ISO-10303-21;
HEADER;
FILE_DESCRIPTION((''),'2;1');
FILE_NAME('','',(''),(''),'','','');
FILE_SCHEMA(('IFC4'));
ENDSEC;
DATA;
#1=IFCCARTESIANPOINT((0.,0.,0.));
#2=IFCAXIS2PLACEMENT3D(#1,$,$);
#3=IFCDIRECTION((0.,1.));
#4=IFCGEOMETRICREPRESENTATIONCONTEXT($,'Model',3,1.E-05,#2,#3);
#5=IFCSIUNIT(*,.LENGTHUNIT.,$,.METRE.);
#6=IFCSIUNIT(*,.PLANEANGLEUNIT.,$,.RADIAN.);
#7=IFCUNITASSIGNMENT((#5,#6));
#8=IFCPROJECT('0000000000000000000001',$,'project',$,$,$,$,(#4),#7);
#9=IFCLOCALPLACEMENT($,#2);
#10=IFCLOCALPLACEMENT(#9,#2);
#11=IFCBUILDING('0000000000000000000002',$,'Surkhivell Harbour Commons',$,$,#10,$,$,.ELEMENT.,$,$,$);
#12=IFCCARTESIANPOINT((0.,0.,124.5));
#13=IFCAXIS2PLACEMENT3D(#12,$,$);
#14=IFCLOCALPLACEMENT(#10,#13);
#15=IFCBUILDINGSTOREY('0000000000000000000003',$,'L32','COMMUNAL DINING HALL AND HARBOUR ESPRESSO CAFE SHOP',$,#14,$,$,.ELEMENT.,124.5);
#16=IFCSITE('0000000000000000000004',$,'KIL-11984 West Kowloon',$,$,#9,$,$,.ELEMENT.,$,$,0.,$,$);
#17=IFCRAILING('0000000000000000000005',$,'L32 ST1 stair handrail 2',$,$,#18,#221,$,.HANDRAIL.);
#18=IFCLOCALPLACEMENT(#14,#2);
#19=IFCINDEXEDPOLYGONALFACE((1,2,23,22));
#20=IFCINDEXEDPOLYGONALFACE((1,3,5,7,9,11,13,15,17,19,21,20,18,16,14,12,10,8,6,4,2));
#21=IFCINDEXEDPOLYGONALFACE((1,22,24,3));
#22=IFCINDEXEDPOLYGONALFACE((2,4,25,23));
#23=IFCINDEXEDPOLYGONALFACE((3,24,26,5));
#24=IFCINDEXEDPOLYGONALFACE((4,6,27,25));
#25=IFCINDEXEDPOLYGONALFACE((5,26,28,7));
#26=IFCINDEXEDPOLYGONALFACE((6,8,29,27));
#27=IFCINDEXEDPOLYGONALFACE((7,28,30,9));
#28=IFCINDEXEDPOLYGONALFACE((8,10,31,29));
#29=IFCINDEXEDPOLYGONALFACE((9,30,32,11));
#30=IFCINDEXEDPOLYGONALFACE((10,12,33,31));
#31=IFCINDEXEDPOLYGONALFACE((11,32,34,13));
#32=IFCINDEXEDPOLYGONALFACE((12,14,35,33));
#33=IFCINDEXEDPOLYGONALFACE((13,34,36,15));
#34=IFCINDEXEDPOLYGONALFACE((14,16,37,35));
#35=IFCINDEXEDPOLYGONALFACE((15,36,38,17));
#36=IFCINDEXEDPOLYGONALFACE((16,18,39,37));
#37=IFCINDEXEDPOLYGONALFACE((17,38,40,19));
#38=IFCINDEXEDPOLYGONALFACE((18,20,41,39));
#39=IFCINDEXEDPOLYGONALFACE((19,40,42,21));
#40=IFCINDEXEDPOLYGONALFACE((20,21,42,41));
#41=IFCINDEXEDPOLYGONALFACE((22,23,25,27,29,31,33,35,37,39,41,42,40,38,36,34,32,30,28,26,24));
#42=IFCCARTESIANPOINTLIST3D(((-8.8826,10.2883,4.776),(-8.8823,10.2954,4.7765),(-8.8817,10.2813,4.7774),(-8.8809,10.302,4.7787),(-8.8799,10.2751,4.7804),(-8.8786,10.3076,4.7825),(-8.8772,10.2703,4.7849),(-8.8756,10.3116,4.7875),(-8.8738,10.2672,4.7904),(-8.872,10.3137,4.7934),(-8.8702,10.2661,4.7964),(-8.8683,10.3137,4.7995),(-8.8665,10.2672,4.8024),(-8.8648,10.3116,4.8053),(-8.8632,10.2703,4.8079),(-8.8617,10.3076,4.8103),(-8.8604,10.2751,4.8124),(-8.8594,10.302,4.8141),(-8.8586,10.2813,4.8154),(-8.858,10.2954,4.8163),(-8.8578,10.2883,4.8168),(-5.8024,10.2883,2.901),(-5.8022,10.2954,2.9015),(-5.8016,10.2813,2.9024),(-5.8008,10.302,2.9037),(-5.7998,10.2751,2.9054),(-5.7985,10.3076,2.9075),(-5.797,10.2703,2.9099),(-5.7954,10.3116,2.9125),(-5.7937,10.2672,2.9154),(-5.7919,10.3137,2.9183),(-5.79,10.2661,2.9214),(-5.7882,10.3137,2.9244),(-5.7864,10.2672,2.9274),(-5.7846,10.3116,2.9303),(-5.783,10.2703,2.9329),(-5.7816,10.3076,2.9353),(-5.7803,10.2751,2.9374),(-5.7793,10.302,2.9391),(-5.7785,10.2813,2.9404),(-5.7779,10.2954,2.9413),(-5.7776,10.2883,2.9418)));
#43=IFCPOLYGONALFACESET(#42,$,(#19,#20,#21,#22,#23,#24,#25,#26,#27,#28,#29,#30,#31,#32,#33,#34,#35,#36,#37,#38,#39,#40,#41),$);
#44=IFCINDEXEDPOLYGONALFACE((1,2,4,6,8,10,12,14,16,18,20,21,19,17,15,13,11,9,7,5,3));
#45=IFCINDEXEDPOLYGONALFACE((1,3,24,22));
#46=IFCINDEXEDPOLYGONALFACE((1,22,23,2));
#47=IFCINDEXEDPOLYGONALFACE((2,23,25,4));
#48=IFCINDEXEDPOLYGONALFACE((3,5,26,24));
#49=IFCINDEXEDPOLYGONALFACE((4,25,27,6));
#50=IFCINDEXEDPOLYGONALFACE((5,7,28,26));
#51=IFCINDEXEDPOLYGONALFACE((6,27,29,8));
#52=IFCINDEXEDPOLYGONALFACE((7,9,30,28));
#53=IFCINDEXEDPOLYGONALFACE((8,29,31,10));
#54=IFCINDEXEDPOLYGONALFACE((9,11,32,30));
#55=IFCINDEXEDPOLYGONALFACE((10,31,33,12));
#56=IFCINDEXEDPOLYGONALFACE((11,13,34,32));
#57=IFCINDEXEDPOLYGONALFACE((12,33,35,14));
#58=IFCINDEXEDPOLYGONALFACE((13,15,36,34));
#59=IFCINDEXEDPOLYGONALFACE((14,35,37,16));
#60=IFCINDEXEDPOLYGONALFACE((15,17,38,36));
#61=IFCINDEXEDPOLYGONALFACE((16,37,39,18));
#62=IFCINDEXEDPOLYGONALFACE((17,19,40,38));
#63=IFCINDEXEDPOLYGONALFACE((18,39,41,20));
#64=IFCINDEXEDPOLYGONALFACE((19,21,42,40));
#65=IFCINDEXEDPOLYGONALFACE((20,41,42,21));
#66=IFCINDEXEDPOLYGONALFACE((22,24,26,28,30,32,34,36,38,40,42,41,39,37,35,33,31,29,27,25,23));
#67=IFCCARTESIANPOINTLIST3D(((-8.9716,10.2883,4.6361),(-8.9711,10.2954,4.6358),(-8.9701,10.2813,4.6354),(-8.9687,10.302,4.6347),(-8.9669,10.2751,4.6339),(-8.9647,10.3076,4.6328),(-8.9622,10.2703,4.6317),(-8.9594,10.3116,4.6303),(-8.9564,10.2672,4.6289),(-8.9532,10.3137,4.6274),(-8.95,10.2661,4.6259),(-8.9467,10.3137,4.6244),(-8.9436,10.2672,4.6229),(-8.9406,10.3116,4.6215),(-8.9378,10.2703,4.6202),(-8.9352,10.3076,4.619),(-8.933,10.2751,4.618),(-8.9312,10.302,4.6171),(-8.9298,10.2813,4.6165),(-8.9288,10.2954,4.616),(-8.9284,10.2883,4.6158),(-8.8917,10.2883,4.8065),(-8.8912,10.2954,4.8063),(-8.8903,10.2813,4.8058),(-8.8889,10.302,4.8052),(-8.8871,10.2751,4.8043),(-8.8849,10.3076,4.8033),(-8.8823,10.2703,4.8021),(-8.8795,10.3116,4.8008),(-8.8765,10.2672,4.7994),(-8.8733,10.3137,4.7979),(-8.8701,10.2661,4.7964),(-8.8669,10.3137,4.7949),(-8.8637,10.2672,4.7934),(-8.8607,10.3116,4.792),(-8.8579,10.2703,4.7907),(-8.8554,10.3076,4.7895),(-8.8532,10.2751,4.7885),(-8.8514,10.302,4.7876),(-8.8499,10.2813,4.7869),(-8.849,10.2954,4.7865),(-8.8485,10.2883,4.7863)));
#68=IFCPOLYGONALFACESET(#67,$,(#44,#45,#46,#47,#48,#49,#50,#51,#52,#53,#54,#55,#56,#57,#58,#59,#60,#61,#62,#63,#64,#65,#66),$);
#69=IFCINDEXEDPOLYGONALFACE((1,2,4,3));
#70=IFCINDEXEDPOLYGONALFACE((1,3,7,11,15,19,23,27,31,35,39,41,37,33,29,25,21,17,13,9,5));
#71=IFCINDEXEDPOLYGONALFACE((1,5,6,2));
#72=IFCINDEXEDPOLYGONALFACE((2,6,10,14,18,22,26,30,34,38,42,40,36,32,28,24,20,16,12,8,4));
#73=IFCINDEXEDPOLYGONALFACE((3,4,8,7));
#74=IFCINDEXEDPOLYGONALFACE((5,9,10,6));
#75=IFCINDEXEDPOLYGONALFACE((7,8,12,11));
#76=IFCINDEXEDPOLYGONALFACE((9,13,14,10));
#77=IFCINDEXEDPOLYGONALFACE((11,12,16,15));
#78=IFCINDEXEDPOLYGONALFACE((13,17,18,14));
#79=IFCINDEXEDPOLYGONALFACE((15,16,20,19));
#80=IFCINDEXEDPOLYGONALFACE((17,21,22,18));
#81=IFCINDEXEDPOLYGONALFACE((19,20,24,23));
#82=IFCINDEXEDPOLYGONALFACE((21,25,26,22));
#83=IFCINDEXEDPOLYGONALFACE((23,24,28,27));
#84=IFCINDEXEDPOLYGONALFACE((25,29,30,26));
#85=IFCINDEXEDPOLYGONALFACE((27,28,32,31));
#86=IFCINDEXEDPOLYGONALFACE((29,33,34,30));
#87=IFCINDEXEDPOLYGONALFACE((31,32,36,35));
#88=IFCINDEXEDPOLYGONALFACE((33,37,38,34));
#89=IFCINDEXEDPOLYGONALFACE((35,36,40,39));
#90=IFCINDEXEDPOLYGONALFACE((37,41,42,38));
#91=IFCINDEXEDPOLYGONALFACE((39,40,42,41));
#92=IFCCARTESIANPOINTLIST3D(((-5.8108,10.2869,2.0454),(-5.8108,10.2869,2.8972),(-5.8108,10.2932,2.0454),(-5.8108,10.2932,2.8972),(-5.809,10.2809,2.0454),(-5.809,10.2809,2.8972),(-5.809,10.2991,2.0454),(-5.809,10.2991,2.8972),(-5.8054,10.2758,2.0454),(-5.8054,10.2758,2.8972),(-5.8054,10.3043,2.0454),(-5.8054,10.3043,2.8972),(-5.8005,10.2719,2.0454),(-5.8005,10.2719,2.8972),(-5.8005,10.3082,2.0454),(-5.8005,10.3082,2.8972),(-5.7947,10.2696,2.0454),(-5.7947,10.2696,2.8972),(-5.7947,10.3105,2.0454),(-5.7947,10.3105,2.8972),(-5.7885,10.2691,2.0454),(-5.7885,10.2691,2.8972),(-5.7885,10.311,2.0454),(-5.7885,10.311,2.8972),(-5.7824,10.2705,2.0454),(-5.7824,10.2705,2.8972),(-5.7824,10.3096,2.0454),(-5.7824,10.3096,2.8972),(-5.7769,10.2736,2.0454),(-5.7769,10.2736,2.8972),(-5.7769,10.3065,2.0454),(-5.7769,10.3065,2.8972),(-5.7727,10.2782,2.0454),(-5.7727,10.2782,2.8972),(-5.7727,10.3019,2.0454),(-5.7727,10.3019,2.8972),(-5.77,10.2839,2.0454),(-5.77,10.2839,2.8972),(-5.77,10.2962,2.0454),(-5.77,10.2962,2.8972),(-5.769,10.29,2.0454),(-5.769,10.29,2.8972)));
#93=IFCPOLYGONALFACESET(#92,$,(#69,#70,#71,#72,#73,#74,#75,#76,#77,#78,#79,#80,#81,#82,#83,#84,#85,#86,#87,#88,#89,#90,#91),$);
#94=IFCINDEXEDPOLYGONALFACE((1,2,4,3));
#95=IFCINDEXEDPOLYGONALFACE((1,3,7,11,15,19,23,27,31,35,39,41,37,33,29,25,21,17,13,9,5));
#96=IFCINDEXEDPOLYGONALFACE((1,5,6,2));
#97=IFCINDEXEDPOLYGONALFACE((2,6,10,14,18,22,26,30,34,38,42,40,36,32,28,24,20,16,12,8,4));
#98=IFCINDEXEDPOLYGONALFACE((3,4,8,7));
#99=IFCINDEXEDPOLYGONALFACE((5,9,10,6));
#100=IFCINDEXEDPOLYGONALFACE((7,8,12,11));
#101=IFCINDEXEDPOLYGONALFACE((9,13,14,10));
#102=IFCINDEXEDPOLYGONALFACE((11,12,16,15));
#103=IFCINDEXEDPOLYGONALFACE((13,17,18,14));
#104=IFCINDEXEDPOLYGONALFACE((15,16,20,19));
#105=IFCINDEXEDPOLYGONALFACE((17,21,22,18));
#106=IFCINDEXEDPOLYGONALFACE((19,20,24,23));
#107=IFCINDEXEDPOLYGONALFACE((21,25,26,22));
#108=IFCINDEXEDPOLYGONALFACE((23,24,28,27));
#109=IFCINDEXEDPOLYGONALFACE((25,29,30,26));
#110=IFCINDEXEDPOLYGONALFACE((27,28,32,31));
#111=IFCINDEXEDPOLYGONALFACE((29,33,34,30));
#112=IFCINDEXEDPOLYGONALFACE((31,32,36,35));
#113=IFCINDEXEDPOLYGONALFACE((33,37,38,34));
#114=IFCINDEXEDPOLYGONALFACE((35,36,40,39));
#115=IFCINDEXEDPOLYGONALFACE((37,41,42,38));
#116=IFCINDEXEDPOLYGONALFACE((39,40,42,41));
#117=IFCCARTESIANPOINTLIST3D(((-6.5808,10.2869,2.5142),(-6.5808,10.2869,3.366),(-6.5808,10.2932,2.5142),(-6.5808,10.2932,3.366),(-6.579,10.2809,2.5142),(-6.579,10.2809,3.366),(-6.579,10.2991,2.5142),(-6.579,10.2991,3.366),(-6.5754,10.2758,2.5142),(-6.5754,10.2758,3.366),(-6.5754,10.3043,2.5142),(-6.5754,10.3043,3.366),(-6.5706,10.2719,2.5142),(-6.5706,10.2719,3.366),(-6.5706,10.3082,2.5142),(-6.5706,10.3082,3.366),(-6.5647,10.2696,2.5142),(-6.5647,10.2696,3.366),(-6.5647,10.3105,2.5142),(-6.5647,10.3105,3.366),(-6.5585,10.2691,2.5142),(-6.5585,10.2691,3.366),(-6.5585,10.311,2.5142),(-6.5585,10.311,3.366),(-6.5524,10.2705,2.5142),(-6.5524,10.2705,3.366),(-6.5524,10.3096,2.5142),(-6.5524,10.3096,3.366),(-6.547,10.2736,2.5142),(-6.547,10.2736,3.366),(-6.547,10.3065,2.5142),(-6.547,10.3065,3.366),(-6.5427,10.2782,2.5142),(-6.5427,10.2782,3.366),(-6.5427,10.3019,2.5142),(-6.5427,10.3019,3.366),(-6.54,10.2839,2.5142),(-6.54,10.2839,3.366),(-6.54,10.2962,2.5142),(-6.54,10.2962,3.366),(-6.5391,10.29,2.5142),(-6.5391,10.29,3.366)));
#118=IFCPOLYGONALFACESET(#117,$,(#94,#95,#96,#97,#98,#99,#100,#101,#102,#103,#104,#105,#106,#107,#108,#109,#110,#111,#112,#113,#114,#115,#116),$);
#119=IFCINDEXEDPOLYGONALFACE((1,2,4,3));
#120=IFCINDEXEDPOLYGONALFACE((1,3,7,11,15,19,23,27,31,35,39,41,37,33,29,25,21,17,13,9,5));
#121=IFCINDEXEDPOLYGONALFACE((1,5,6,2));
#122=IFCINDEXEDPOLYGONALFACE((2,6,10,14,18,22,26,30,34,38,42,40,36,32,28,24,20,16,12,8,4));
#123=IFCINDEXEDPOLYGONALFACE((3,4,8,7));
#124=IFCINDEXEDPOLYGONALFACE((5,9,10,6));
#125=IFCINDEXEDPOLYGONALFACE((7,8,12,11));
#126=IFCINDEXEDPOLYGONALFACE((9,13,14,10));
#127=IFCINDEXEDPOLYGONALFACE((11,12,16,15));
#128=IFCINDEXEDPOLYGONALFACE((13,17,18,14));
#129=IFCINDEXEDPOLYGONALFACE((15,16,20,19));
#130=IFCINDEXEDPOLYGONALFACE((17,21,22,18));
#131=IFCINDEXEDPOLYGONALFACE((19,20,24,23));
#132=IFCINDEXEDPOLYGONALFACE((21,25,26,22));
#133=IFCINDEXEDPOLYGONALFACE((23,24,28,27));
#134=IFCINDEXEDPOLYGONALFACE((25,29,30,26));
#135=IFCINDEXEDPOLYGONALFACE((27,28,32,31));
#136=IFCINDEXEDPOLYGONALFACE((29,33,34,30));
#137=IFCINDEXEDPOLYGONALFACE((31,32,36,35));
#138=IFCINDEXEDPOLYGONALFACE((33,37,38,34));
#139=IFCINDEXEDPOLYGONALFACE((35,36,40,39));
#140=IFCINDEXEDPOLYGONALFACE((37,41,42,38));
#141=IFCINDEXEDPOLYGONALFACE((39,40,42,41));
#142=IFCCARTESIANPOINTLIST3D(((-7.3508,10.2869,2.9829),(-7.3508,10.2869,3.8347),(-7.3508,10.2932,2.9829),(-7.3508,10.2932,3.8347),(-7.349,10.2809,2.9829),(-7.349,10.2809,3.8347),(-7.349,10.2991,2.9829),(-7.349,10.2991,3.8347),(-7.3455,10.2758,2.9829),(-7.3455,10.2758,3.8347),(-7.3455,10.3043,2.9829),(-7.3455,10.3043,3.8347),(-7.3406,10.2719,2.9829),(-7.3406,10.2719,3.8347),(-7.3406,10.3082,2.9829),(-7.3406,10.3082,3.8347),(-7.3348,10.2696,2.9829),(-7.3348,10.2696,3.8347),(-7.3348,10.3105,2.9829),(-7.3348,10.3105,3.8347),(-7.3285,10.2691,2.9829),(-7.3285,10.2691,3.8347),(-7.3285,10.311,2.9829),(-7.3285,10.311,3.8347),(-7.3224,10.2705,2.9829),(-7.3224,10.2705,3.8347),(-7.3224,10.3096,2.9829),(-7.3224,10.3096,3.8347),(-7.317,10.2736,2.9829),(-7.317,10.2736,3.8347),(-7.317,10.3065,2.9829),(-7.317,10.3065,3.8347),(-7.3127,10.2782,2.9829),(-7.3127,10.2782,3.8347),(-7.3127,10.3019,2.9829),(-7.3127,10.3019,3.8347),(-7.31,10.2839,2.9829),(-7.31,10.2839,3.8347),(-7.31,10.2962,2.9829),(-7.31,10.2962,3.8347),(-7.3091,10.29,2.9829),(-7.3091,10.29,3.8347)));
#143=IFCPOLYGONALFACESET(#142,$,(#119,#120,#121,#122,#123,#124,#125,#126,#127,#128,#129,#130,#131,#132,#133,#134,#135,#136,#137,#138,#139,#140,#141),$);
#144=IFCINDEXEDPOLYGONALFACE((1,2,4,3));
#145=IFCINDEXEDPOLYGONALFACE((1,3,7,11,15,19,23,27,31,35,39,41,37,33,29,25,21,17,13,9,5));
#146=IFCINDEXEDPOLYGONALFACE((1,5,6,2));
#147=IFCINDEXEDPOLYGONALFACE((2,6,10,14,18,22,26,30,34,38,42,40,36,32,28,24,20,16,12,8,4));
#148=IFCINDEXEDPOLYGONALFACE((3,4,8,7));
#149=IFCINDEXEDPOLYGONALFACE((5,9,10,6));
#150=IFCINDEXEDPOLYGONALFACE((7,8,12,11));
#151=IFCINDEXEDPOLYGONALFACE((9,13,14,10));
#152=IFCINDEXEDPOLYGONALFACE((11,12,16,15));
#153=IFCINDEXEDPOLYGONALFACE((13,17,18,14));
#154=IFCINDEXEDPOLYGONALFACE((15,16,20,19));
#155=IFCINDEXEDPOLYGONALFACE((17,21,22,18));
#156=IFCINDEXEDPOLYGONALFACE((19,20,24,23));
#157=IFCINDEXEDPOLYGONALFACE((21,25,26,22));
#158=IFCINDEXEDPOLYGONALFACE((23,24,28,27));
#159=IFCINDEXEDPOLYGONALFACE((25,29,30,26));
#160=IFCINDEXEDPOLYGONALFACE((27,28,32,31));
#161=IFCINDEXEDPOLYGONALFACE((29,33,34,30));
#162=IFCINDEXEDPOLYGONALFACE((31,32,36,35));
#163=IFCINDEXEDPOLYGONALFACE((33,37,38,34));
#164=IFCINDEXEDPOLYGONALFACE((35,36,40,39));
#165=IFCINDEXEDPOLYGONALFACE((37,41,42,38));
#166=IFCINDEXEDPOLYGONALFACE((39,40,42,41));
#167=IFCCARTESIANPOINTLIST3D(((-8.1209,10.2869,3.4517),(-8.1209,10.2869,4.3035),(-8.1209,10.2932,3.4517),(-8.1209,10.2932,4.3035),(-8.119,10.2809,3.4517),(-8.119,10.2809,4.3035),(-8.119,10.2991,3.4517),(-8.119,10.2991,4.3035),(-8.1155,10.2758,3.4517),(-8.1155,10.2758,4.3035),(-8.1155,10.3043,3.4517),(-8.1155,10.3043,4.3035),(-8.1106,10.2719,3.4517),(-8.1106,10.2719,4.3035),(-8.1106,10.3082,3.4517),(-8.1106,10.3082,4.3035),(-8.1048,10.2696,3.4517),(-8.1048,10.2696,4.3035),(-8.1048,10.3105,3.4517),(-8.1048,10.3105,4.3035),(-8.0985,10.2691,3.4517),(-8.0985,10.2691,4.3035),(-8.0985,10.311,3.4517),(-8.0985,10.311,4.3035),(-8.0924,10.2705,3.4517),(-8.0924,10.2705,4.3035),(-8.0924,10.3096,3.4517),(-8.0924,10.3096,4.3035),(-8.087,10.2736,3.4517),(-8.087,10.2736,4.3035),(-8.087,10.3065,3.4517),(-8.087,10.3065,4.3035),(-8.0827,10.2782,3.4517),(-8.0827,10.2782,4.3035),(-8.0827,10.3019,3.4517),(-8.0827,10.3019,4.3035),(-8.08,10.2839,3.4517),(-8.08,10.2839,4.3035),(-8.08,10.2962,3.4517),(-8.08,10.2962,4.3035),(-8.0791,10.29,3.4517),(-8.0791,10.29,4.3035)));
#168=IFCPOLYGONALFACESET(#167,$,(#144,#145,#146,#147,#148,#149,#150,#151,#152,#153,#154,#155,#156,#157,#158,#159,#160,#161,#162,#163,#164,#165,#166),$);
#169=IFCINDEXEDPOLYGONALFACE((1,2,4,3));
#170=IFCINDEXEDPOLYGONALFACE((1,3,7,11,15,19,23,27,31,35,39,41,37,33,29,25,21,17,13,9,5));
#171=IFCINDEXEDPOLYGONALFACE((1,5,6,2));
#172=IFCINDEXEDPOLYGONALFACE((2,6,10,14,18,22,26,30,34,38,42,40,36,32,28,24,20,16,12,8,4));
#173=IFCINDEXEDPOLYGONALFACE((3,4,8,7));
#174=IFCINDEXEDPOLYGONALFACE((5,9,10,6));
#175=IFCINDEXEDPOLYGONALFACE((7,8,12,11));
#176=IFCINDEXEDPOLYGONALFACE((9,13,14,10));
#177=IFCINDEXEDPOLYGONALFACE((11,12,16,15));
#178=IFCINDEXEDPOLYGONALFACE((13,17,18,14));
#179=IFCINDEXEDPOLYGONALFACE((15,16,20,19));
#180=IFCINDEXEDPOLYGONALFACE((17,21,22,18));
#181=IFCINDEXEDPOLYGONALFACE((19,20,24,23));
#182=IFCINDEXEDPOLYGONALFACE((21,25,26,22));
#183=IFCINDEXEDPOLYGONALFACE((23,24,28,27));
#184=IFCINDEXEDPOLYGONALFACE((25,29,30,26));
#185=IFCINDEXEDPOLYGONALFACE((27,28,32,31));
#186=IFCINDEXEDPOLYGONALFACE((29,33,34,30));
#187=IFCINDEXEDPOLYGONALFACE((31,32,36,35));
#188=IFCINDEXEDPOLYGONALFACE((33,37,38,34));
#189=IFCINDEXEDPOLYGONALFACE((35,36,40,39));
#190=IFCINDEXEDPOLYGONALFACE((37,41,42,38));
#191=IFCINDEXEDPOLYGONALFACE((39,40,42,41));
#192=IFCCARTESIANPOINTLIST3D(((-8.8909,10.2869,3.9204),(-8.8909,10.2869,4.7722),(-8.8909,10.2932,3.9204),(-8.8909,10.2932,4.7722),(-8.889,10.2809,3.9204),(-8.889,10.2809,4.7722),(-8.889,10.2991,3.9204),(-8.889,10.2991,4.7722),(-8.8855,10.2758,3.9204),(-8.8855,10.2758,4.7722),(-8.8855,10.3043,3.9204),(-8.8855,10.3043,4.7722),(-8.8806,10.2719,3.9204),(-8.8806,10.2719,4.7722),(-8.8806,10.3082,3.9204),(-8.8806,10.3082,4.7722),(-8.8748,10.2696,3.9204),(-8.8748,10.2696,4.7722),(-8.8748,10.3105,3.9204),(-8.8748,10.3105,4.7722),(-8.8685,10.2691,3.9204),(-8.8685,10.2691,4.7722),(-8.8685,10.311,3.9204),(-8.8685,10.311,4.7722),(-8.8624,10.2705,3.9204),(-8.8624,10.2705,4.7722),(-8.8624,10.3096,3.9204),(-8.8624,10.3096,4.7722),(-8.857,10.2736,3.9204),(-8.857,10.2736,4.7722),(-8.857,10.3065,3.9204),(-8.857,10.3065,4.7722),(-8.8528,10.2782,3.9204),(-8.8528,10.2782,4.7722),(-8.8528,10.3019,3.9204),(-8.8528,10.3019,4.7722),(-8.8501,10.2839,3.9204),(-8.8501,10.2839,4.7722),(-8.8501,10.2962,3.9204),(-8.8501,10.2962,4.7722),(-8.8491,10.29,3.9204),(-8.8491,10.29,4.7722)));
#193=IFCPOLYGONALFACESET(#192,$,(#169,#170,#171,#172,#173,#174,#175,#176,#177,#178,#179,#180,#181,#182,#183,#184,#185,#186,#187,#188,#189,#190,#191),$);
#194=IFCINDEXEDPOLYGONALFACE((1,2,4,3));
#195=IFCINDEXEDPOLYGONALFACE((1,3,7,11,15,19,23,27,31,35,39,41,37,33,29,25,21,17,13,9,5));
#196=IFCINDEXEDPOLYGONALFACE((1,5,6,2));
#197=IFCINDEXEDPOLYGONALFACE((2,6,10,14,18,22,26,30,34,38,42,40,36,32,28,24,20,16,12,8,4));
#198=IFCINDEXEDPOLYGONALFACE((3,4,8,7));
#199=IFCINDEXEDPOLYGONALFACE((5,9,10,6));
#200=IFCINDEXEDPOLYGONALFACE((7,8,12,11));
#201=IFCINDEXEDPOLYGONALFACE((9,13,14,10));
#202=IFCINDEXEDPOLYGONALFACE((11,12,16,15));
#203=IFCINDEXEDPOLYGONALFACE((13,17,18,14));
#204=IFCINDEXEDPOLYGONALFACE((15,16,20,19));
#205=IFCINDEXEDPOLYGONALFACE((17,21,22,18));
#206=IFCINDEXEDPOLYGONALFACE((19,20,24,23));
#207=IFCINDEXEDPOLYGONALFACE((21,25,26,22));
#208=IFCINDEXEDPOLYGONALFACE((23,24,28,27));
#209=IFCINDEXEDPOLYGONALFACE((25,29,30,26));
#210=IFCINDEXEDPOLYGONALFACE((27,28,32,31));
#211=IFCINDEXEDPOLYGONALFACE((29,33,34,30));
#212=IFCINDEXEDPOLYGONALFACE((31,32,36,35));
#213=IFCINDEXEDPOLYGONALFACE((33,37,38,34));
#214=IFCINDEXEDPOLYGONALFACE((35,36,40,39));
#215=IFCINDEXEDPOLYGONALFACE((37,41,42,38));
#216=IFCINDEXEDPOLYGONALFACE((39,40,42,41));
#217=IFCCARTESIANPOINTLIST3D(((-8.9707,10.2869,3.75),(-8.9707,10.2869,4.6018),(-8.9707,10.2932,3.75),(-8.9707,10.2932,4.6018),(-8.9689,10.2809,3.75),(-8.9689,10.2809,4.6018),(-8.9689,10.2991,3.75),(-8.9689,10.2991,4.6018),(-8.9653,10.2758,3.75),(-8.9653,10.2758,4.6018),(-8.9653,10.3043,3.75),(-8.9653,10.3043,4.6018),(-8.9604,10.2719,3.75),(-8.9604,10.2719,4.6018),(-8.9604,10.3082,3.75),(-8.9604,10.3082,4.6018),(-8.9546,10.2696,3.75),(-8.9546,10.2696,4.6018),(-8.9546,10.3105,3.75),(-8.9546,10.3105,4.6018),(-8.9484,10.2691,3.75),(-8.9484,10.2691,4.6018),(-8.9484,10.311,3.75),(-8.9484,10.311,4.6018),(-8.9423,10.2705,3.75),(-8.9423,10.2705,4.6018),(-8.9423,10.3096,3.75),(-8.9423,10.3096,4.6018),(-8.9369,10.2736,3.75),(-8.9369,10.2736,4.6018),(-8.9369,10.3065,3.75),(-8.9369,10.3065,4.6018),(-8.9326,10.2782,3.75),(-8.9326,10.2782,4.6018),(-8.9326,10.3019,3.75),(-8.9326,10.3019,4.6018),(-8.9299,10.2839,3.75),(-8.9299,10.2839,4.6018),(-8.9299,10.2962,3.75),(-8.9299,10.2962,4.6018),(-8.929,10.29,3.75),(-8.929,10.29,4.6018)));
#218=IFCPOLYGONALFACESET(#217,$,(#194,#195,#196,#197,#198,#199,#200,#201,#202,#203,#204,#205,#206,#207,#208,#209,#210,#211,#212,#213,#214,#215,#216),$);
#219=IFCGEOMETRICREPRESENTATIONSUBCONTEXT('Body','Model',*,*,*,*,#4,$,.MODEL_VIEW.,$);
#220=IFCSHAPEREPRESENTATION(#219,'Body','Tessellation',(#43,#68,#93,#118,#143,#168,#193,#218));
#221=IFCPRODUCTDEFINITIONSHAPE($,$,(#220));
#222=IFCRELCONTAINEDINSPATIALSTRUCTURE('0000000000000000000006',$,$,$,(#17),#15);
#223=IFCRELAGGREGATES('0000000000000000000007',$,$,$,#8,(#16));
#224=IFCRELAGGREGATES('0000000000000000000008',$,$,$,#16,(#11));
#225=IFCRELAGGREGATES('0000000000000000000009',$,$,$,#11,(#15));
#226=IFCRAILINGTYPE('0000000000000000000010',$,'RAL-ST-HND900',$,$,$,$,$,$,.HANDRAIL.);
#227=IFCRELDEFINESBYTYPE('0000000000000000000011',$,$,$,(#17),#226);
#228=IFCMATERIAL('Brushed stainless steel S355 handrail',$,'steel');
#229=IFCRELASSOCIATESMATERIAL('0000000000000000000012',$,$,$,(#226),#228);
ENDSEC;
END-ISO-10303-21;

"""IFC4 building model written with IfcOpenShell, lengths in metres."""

from ifc_helpers import new_model, si_unit, direction, frame, origin, origin_2d, place, context, subcontext, project, spatial, circle, extrude, material, type_object, element, save


model = new_model("IFC4")

# Units and contexts
model_context = context("Model", 3, precision=1e-05, world=origin(), true_north=direction((0.0, 1.0)))
body_context = subcontext(model_context, "Body", "Model", "MODEL_VIEW")
ifc_project = project(units=[si_unit("LENGTHUNIT", "METRE"), si_unit("PLANEANGLEUNIT", "RADIAN")], contexts=[model_context])

# Site, building, storey
site_placement = place(None, origin())
site = spatial("IfcSite", under=ifc_project, at=site_placement, Name="KIL-11984 West Kowloon", CompositionType="ELEMENT", RefElevation=0.0)
building_placement = place(site_placement, origin())
building = spatial("IfcBuilding", under=site, at=building_placement, Name="Surkhivell Harbour Commons", CompositionType="ELEMENT")
storey_placement = place(building_placement, frame((0.0, 0.0, 124.5)))
storey = spatial("IfcBuildingStorey", under=building, at=storey_placement, Name="L32", Description="COMMUNAL DINING HALL AND HARBOUR ESPRESSO CAFE SHOP", CompositionType="ELEMENT", Elevation=124.5)

# Railing
ifc_material_1 = material(Name="Brushed stainless steel S355 handrail", Category="steel")
railing_type_1 = type_object("IfcRailingType", Name="RAL-ST-HND900", PredefinedType="HANDRAIL", material=ifc_material_1)
railing_1_placement = place(storey_placement, frame((-5.79, 10.29, 2.0454)))
element("IfcRailing", 1, at=railing_1_placement, inside=storey, type_object=railing_type_1, Name="L32 ST1 stair handrail 2", PredefinedType="HANDRAIL", context=body_context, shape_type="SweptSolid", body=[
    extrude(circle(Radius=0.0239, at=origin_2d()), frame((0.0, 0.0, 0.876), z_axis=(-0.854178, 0.0, 0.519981), x_axis=(0.0, -1.0, 0.0)), (0.0, 0.0, 1.0), 3.606),
    extrude(circle(Radius=0.0239, at=origin_2d()), frame((-3.0801, 0.0, 2.751), z_axis=(-0.424234, 0.0, -0.905552), x_axis=(0.0, -1.0, 0.0)), (0.0, 0.0, 1.0), 0.1882),
    extrude(circle(Radius=0.021, at=origin_2d()), origin(), (0.0, 0.0, 1.0), 0.8518),
    extrude(circle(Radius=0.021, at=origin_2d()), frame((-0.77, 0.0, 0.4688)), (0.0, 0.0, 1.0), 0.8518),
    extrude(circle(Radius=0.021, at=origin_2d()), frame((-1.54, 0.0, 0.9375)), (0.0, 0.0, 1.0), 0.8518),
    extrude(circle(Radius=0.021, at=origin_2d()), frame((-2.3101, 0.0, 1.4062)), (0.0, 0.0, 1.0), 0.8518),
    extrude(circle(Radius=0.021, at=origin_2d()), frame((-3.0801, 0.0, 1.875)), (0.0, 0.0, 1.0), 0.8518),
    extrude(circle(Radius=0.021, at=origin_2d()), frame((-3.1599, 0.0, 1.7046)), (0.0, 0.0, 1.0), 0.8518),
])

save(model, "model.ifc")
